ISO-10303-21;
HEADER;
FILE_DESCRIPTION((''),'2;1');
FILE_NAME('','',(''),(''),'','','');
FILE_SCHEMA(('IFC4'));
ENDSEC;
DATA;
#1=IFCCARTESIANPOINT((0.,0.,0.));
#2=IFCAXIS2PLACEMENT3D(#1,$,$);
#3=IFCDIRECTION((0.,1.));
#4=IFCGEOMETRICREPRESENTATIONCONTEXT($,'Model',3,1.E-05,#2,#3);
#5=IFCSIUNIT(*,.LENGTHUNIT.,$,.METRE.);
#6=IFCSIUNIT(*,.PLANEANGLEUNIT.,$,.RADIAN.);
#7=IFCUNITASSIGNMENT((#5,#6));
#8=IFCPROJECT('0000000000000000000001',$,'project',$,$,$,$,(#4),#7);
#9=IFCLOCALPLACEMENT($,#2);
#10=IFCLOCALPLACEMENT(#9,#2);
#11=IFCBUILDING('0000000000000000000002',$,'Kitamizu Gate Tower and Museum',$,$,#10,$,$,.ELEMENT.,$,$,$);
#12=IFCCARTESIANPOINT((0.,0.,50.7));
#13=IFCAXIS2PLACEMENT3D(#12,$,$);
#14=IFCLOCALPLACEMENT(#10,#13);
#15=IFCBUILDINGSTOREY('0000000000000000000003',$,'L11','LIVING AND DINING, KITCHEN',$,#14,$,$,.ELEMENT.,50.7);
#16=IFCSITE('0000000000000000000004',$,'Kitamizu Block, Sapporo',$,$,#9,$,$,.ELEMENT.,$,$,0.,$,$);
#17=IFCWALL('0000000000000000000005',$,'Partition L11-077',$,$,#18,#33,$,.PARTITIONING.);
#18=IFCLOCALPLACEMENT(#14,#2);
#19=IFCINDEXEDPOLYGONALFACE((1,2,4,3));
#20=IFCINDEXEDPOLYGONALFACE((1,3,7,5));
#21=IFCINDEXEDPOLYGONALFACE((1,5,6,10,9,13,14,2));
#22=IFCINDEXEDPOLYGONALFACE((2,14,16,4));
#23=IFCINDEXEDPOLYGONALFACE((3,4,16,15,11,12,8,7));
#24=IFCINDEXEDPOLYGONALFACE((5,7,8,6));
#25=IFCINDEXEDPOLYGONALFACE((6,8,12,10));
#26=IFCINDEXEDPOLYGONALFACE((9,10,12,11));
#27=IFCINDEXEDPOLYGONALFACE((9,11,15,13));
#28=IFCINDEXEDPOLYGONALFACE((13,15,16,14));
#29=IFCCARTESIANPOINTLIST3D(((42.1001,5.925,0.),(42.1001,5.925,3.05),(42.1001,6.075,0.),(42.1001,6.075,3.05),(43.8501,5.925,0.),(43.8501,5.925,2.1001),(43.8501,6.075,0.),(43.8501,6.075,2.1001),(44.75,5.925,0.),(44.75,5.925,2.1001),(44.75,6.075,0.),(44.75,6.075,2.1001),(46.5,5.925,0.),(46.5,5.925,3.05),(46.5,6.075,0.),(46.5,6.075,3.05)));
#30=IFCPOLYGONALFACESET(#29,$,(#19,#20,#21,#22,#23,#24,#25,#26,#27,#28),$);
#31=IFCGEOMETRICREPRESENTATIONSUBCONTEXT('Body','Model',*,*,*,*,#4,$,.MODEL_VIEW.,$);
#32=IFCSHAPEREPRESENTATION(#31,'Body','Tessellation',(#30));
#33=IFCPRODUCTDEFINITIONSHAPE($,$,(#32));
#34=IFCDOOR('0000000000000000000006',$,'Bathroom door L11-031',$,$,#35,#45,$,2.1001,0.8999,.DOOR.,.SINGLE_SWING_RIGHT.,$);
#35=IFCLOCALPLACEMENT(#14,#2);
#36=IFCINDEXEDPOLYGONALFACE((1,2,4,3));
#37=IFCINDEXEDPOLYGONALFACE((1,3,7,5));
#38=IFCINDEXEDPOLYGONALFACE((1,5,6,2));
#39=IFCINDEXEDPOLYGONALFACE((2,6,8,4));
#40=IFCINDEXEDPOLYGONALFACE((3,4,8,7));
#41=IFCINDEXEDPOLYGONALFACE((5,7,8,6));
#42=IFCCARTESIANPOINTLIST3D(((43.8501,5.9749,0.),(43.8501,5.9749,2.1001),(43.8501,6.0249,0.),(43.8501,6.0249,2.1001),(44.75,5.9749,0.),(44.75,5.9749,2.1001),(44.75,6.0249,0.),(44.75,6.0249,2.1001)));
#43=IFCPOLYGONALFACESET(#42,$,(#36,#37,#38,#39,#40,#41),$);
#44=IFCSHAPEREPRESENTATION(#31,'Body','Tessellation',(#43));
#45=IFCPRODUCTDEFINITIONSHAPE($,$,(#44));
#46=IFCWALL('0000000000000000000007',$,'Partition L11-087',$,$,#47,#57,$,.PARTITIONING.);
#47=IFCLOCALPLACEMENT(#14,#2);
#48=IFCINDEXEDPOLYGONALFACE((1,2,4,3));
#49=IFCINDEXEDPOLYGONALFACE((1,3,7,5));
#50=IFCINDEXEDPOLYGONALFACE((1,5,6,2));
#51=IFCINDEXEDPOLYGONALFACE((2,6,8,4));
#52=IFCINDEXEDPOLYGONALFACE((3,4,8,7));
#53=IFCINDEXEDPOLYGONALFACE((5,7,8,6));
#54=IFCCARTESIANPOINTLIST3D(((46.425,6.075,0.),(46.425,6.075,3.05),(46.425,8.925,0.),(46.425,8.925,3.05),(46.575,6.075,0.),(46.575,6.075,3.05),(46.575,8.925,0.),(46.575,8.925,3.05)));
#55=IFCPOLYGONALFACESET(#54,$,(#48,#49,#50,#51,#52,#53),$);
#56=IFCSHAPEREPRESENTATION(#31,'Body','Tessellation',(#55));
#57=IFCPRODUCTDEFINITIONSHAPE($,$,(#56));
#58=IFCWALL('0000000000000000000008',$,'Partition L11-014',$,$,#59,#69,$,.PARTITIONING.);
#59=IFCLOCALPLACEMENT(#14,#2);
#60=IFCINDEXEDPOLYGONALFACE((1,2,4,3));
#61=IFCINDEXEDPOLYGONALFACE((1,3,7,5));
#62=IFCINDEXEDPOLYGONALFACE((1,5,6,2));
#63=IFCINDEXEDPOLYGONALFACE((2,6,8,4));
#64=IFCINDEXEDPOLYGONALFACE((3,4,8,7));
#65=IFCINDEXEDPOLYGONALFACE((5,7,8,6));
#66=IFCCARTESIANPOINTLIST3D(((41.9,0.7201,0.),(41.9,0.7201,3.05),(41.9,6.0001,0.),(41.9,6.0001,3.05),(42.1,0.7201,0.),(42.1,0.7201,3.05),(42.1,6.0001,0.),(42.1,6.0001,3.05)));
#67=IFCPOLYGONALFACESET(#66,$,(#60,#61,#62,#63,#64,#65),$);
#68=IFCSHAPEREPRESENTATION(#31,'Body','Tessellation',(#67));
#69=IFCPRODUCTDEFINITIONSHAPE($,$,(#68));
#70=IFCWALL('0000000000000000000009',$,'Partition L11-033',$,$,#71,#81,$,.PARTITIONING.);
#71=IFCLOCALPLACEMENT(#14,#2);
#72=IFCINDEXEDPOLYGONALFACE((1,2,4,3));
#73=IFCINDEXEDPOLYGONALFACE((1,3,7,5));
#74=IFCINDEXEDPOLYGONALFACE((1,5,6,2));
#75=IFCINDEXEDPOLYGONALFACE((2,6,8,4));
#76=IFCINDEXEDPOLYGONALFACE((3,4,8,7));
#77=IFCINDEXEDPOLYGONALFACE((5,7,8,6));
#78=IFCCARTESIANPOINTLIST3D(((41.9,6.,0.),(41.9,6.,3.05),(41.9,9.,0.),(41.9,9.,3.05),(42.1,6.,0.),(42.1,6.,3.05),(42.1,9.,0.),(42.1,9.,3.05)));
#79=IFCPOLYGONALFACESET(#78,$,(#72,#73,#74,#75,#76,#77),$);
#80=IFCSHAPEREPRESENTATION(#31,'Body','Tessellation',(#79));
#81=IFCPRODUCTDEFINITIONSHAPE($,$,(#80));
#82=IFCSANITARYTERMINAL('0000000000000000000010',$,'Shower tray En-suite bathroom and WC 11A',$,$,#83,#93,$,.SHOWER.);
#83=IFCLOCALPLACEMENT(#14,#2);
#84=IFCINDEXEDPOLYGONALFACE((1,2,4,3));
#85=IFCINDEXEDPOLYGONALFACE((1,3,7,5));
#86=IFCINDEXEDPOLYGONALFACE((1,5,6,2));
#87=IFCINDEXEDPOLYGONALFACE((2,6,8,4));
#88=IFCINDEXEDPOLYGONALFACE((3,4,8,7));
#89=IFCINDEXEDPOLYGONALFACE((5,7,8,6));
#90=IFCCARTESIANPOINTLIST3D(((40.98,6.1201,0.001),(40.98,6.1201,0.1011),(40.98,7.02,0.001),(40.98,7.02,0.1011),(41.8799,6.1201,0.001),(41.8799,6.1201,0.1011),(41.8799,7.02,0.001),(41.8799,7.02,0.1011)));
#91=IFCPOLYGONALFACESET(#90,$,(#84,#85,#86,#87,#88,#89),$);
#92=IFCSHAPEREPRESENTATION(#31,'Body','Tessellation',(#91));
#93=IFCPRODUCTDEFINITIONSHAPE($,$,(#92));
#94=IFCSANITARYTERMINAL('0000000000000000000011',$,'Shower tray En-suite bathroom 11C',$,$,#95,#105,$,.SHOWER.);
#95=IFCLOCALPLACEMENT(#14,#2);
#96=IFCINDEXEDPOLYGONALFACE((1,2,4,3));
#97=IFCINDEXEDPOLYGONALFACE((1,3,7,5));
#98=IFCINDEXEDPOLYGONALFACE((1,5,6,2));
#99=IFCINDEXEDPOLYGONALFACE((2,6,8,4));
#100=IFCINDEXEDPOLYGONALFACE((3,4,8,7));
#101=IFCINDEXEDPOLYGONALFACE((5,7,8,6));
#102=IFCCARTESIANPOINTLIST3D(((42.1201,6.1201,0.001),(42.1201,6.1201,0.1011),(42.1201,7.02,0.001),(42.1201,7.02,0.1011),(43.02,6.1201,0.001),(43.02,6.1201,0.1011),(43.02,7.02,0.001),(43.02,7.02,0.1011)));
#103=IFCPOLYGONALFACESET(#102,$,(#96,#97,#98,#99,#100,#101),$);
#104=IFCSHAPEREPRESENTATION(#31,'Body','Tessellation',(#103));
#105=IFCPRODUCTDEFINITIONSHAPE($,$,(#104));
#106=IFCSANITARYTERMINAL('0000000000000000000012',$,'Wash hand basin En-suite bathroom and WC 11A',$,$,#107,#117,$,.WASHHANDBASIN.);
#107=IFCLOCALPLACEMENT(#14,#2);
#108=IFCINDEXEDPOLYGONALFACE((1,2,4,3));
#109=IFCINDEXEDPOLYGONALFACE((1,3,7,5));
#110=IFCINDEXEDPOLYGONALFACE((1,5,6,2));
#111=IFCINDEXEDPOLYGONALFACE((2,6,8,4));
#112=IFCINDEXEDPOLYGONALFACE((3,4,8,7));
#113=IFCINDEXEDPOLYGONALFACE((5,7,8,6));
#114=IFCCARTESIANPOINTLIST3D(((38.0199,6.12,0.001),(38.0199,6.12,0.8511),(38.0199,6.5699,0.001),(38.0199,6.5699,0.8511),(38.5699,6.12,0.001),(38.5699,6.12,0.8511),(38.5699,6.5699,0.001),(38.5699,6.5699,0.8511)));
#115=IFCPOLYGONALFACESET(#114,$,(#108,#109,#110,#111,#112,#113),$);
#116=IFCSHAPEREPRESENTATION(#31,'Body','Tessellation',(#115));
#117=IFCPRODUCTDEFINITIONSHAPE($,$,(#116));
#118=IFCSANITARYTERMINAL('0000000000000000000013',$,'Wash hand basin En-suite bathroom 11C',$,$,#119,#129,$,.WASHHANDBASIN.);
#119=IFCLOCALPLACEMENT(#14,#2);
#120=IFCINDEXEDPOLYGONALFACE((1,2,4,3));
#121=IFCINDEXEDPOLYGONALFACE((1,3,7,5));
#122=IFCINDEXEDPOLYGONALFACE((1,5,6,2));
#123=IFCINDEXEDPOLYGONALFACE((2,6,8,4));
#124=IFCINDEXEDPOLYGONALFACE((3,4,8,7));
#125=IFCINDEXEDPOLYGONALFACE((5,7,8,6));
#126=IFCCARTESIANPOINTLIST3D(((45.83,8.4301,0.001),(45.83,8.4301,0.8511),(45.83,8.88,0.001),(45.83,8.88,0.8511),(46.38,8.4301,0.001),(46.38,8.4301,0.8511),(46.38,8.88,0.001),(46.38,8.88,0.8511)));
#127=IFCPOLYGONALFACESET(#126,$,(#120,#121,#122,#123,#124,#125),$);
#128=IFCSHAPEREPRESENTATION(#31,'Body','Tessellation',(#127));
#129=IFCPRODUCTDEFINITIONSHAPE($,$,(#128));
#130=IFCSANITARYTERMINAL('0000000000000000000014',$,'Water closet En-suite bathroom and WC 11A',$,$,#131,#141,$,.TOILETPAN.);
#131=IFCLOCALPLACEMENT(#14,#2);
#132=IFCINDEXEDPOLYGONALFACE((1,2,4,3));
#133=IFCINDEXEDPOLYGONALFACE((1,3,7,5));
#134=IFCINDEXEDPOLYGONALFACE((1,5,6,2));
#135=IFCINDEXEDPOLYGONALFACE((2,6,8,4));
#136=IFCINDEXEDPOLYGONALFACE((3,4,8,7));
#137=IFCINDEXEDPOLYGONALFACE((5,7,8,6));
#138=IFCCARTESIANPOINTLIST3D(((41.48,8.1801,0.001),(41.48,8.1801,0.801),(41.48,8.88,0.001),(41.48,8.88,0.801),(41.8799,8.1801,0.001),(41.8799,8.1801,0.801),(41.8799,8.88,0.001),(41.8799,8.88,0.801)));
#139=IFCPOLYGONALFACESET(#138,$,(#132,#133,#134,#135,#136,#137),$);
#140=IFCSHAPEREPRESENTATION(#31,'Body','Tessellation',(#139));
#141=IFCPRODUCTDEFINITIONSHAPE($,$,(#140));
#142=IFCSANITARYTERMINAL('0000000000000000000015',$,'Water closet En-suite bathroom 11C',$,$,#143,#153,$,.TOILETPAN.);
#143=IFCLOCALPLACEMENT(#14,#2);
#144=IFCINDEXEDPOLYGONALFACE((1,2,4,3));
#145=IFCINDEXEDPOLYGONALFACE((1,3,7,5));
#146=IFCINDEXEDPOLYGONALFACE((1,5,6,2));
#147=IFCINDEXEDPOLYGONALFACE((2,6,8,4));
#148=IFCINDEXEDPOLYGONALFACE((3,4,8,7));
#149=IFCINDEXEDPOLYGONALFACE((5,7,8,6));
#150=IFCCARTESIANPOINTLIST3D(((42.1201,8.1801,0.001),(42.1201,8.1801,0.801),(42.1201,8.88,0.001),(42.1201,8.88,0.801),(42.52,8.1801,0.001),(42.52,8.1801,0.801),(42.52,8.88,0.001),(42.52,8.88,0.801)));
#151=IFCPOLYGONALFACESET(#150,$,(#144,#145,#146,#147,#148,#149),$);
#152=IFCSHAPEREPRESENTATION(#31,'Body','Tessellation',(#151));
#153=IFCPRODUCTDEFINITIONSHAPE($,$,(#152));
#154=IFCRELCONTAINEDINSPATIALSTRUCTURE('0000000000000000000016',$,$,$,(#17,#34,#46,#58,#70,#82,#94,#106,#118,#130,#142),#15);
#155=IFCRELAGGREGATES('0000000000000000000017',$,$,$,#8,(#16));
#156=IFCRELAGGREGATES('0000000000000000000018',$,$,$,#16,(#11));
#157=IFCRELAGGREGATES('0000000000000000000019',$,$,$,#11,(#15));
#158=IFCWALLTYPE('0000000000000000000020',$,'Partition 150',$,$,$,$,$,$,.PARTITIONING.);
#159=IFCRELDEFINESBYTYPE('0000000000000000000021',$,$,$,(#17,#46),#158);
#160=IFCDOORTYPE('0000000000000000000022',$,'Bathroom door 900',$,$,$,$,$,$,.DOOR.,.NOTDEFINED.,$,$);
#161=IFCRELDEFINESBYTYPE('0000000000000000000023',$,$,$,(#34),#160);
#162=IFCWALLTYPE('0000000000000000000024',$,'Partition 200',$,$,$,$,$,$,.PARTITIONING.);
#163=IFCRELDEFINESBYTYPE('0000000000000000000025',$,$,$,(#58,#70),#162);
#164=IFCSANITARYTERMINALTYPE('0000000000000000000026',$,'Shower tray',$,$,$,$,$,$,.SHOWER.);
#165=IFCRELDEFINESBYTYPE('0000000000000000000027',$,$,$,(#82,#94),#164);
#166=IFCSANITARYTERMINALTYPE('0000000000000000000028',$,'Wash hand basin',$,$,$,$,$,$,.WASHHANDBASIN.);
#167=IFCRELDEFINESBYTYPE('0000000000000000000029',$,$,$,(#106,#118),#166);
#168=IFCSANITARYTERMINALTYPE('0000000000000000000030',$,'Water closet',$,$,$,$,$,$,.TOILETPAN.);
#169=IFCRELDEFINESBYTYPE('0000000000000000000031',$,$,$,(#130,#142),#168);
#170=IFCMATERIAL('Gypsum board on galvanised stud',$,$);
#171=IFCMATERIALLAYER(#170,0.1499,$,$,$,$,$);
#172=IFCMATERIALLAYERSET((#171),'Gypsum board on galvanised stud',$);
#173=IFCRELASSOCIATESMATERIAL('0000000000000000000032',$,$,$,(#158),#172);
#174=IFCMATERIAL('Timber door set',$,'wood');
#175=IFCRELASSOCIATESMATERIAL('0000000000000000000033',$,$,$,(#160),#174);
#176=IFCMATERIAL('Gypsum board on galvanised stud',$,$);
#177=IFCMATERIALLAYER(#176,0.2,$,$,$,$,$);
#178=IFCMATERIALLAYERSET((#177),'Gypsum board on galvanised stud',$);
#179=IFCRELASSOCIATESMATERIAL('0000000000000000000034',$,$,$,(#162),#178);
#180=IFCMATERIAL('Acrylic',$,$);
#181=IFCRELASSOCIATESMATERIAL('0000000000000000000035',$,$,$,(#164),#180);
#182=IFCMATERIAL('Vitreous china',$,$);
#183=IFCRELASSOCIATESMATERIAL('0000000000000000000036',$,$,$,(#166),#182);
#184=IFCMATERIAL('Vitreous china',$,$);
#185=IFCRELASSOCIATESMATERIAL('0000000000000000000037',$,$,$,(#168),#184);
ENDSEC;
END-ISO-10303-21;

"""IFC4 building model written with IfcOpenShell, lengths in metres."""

from ifc_helpers import new_model, si_unit, direction, frame, frame_2d, origin, origin_2d, place, context, subcontext, project, spatial, rectangle, extrude, material, layer, layer_set, type_object, element, fill, save


model = new_model("IFC4")

# Units and contexts
model_context = context("Model", 3, precision=1e-05, world=origin(), true_north=direction((0.0, 1.0)))
body_context = subcontext(model_context, "Body", "Model", "MODEL_VIEW")
ifc_project = project(units=[si_unit("LENGTHUNIT", "METRE"), si_unit("PLANEANGLEUNIT", "RADIAN")], contexts=[model_context])

# Site, building, storey
site_placement = place(None, origin())
site = spatial("IfcSite", under=ifc_project, at=site_placement, Name="Kitamizu Block, Sapporo", CompositionType="ELEMENT", RefElevation=0.0)
building_placement = place(site_placement, origin())
building = spatial("IfcBuilding", under=site, at=building_placement, Name="Kitamizu Gate Tower and Museum", CompositionType="ELEMENT")
storey_placement = place(building_placement, frame((0.0, 0.0, 50.7)))
storey = spatial("IfcBuildingStorey", under=building, at=storey_placement, Name="L11", Description="LIVING AND DINING, KITCHEN", CompositionType="ELEMENT", Elevation=50.7)

# Shared definitions
ifc_material_1 = material(Name="Gypsum board on galvanised stud")
ifc_layer_1 = layer(ifc_material_1, 0.1499)
ifc_layer_set_1 = layer_set([ifc_layer_1], Name="Gypsum board on galvanised stud")
wall_type_1 = type_object("IfcWallType", Name="Partition 150", PredefinedType="PARTITIONING", material=ifc_layer_set_1)

# Wall, opening, door
ifc_material_2 = material(Name="Timber door set", Category="wood")
door_type_1 = type_object("IfcDoorType", Name="Bathroom door 900", OperationType="NOTDEFINED", PredefinedType="DOOR", material=ifc_material_2)
wall_1_placement = place(storey_placement, frame((46.5, 6.0, 0.0), z_axis=(0.0, 0.0, 1.0), x_axis=(-1.0, 0.0, 0.0)))
wall_1 = element("IfcWall", 1, at=wall_1_placement, inside=storey, type_object=wall_type_1, Name="Partition L11-077", PredefinedType="PARTITIONING", context=body_context, shape_type="SweptSolid", body=[
    extrude(rectangle(XDim=4.3999, YDim=0.1499, at=frame_2d((2.2, 0.0))), origin(), (0.0, 0.0, 1.0), 3.05),
])
opening_1_placement = place(wall_1_placement, frame((1.75, 0.0, 0.0)))
opening_1 = element("IfcOpeningElement", 2, at=opening_1_placement, cuts=wall_1, PredefinedType="OPENING", context=body_context, shape_type="SweptSolid", body=[
    extrude(rectangle(XDim=0.8999, YDim=2.1001, at=frame_2d((0.45, 1.05))), frame((0.0, 0.085, 0.0), z_axis=(0.0, -1.0, 0.0), x_axis=(1.0, 0.0, 0.0)), (0.0, 0.0, 1.0), 0.1699),
])
door_1_placement = place(opening_1_placement, frame((0.8999, 0.0, 0.0), x_axis=(-1.0, 0.0, 0.0)))
door_1 = element("IfcDoor", 3, at=door_1_placement, inside=storey, type_object=door_type_1, Name="Bathroom door L11-031", OperationType="SINGLE_SWING_RIGHT", OverallHeight=2.1001, OverallWidth=0.8999, PredefinedType="DOOR", context=body_context, shape_type="SweptSolid", body=[
    extrude(rectangle(XDim=0.8999, YDim=2.1001, at=frame_2d((0.45, 1.05))), frame((0.0, 0.0249, 0.0), z_axis=(0.0, -1.0, 0.0), x_axis=(1.0, 0.0, 0.0)), (0.0, 0.0, 1.0), 0.05),
])
fill(opening_1, door_1)

# Walls
wall_2_placement = place(storey_placement, frame((46.5, 6.075, 0.0), z_axis=(0.0, 0.0, 1.0), x_axis=(0.0, 1.0, 0.0)))
element("IfcWall", 4, at=wall_2_placement, inside=storey, type_object=wall_type_1, Name="Partition L11-087", PredefinedType="PARTITIONING", context=body_context, shape_type="SweptSolid", body=[
    extrude(rectangle(XDim=2.8501, YDim=0.1499, at=frame_2d((1.425, 0.0))), origin(), (0.0, 0.0, 1.0), 3.05),
])
ifc_material_3 = material(Name="Gypsum board on galvanised stud")
ifc_layer_2 = layer(ifc_material_3, 0.2)
ifc_layer_set_2 = layer_set([ifc_layer_2], Name="Gypsum board on galvanised stud")
wall_type_2 = type_object("IfcWallType", Name="Partition 200", PredefinedType="PARTITIONING", material=ifc_layer_set_2)
wall_3_placement = place(storey_placement, frame((42.0, 0.72, 0.0), z_axis=(0.0, 0.0, 1.0), x_axis=(0.0, 1.0, 0.0)))
element("IfcWall", 5, at=wall_3_placement, inside=storey, type_object=wall_type_2, Name="Partition L11-014", PredefinedType="PARTITIONING", context=body_context, shape_type="SweptSolid", body=[
    extrude(rectangle(XDim=5.28, YDim=0.2, at=frame_2d((2.6401, 0.0))), origin(), (0.0, 0.0, 1.0), 3.05),
])
wall_4_placement = place(storey_placement, frame((42.0, 6.0, 0.0), z_axis=(0.0, 0.0, 1.0), x_axis=(0.0, 1.0, 0.0)))
element("IfcWall", 6, at=wall_4_placement, inside=storey, type_object=wall_type_2, Name="Partition L11-033", PredefinedType="PARTITIONING", context=body_context, shape_type="SweptSolid", body=[
    extrude(rectangle(XDim=3.0, YDim=0.2, at=frame_2d((1.5, 0.0))), origin(), (0.0, 0.0, 1.0), 3.05),
])

# Sanitary terminals
ifc_material_4 = material(Name="Acrylic")
sanitary_terminal_type_1 = type_object("IfcSanitaryTerminalType", Name="Shower tray", PredefinedType="SHOWER", material=ifc_material_4)
for number, where, z_axis, x_axis, name in (
    (7, (41.4299, 6.5701, 0.001), (0.0, 0.0, 1.0), (1.0, 0.0, 0.0), "Shower tray En-suite bathroom and WC 11A"),
    (8, (42.5701, 6.5701, 0.001), (0.0, 0.0, 1.0), (1.0, 0.0, 0.0), "Shower tray En-suite bathroom 11C"),
):
    element("IfcSanitaryTerminal", number, at=place(storey_placement, frame(where, z_axis=z_axis, x_axis=x_axis)), inside=storey, type_object=sanitary_terminal_type_1, Name=name, PredefinedType="SHOWER", context=body_context, shape_type="SweptSolid", body=[
        extrude(rectangle(XDim=0.8999, YDim=0.8999, at=origin_2d()), origin(), (0.0, 0.0, 1.0), 0.1001),
    ])
ifc_material_5 = material(Name="Vitreous china")
sanitary_terminal_type_2 = type_object("IfcSanitaryTerminalType", Name="Wash hand basin", PredefinedType="WASHHANDBASIN", material=ifc_material_5)
for number, where, z_axis, x_axis, name in (
    (9, (38.2949, 6.345, 0.001), (0.0, 0.0, 1.0), (1.0, 0.0, 0.0), "Wash hand basin En-suite bathroom and WC 11A"),
    (10, (46.105, 8.655, 0.001), (0.0, 0.0, 1.0), (1.0, 0.0, 0.0), "Wash hand basin En-suite bathroom 11C"),
):
    element("IfcSanitaryTerminal", number, at=place(storey_placement, frame(where, z_axis=z_axis, x_axis=x_axis)), inside=storey, type_object=sanitary_terminal_type_2, Name=name, PredefinedType="WASHHANDBASIN", context=body_context, shape_type="SweptSolid", body=[
        extrude(rectangle(XDim=0.55, YDim=0.45, at=origin_2d()), origin(), (0.0, 0.0, 1.0), 0.8501),
    ])
ifc_material_6 = material(Name="Vitreous china")
sanitary_terminal_type_3 = type_object("IfcSanitaryTerminalType", Name="Water closet", PredefinedType="TOILETPAN", material=ifc_material_6)
for number, where, z_axis, x_axis, name in (
    (11, (41.6799, 8.53, 0.001), (0.0, 0.0, 1.0), (1.0, 0.0, 0.0), "Water closet En-suite bathroom and WC 11A"),
    (12, (42.3201, 8.53, 0.001), (0.0, 0.0, 1.0), (1.0, 0.0, 0.0), "Water closet En-suite bathroom 11C"),
):
    element("IfcSanitaryTerminal", number, at=place(storey_placement, frame(where, z_axis=z_axis, x_axis=x_axis)), inside=storey, type_object=sanitary_terminal_type_3, Name=name, PredefinedType="TOILETPAN", context=body_context, shape_type="SweptSolid", body=[
        extrude(rectangle(XDim=0.3999, YDim=0.7, at=origin_2d()), origin(), (0.0, 0.0, 1.0), 0.8),
    ])

save(model, "model.ifc")
